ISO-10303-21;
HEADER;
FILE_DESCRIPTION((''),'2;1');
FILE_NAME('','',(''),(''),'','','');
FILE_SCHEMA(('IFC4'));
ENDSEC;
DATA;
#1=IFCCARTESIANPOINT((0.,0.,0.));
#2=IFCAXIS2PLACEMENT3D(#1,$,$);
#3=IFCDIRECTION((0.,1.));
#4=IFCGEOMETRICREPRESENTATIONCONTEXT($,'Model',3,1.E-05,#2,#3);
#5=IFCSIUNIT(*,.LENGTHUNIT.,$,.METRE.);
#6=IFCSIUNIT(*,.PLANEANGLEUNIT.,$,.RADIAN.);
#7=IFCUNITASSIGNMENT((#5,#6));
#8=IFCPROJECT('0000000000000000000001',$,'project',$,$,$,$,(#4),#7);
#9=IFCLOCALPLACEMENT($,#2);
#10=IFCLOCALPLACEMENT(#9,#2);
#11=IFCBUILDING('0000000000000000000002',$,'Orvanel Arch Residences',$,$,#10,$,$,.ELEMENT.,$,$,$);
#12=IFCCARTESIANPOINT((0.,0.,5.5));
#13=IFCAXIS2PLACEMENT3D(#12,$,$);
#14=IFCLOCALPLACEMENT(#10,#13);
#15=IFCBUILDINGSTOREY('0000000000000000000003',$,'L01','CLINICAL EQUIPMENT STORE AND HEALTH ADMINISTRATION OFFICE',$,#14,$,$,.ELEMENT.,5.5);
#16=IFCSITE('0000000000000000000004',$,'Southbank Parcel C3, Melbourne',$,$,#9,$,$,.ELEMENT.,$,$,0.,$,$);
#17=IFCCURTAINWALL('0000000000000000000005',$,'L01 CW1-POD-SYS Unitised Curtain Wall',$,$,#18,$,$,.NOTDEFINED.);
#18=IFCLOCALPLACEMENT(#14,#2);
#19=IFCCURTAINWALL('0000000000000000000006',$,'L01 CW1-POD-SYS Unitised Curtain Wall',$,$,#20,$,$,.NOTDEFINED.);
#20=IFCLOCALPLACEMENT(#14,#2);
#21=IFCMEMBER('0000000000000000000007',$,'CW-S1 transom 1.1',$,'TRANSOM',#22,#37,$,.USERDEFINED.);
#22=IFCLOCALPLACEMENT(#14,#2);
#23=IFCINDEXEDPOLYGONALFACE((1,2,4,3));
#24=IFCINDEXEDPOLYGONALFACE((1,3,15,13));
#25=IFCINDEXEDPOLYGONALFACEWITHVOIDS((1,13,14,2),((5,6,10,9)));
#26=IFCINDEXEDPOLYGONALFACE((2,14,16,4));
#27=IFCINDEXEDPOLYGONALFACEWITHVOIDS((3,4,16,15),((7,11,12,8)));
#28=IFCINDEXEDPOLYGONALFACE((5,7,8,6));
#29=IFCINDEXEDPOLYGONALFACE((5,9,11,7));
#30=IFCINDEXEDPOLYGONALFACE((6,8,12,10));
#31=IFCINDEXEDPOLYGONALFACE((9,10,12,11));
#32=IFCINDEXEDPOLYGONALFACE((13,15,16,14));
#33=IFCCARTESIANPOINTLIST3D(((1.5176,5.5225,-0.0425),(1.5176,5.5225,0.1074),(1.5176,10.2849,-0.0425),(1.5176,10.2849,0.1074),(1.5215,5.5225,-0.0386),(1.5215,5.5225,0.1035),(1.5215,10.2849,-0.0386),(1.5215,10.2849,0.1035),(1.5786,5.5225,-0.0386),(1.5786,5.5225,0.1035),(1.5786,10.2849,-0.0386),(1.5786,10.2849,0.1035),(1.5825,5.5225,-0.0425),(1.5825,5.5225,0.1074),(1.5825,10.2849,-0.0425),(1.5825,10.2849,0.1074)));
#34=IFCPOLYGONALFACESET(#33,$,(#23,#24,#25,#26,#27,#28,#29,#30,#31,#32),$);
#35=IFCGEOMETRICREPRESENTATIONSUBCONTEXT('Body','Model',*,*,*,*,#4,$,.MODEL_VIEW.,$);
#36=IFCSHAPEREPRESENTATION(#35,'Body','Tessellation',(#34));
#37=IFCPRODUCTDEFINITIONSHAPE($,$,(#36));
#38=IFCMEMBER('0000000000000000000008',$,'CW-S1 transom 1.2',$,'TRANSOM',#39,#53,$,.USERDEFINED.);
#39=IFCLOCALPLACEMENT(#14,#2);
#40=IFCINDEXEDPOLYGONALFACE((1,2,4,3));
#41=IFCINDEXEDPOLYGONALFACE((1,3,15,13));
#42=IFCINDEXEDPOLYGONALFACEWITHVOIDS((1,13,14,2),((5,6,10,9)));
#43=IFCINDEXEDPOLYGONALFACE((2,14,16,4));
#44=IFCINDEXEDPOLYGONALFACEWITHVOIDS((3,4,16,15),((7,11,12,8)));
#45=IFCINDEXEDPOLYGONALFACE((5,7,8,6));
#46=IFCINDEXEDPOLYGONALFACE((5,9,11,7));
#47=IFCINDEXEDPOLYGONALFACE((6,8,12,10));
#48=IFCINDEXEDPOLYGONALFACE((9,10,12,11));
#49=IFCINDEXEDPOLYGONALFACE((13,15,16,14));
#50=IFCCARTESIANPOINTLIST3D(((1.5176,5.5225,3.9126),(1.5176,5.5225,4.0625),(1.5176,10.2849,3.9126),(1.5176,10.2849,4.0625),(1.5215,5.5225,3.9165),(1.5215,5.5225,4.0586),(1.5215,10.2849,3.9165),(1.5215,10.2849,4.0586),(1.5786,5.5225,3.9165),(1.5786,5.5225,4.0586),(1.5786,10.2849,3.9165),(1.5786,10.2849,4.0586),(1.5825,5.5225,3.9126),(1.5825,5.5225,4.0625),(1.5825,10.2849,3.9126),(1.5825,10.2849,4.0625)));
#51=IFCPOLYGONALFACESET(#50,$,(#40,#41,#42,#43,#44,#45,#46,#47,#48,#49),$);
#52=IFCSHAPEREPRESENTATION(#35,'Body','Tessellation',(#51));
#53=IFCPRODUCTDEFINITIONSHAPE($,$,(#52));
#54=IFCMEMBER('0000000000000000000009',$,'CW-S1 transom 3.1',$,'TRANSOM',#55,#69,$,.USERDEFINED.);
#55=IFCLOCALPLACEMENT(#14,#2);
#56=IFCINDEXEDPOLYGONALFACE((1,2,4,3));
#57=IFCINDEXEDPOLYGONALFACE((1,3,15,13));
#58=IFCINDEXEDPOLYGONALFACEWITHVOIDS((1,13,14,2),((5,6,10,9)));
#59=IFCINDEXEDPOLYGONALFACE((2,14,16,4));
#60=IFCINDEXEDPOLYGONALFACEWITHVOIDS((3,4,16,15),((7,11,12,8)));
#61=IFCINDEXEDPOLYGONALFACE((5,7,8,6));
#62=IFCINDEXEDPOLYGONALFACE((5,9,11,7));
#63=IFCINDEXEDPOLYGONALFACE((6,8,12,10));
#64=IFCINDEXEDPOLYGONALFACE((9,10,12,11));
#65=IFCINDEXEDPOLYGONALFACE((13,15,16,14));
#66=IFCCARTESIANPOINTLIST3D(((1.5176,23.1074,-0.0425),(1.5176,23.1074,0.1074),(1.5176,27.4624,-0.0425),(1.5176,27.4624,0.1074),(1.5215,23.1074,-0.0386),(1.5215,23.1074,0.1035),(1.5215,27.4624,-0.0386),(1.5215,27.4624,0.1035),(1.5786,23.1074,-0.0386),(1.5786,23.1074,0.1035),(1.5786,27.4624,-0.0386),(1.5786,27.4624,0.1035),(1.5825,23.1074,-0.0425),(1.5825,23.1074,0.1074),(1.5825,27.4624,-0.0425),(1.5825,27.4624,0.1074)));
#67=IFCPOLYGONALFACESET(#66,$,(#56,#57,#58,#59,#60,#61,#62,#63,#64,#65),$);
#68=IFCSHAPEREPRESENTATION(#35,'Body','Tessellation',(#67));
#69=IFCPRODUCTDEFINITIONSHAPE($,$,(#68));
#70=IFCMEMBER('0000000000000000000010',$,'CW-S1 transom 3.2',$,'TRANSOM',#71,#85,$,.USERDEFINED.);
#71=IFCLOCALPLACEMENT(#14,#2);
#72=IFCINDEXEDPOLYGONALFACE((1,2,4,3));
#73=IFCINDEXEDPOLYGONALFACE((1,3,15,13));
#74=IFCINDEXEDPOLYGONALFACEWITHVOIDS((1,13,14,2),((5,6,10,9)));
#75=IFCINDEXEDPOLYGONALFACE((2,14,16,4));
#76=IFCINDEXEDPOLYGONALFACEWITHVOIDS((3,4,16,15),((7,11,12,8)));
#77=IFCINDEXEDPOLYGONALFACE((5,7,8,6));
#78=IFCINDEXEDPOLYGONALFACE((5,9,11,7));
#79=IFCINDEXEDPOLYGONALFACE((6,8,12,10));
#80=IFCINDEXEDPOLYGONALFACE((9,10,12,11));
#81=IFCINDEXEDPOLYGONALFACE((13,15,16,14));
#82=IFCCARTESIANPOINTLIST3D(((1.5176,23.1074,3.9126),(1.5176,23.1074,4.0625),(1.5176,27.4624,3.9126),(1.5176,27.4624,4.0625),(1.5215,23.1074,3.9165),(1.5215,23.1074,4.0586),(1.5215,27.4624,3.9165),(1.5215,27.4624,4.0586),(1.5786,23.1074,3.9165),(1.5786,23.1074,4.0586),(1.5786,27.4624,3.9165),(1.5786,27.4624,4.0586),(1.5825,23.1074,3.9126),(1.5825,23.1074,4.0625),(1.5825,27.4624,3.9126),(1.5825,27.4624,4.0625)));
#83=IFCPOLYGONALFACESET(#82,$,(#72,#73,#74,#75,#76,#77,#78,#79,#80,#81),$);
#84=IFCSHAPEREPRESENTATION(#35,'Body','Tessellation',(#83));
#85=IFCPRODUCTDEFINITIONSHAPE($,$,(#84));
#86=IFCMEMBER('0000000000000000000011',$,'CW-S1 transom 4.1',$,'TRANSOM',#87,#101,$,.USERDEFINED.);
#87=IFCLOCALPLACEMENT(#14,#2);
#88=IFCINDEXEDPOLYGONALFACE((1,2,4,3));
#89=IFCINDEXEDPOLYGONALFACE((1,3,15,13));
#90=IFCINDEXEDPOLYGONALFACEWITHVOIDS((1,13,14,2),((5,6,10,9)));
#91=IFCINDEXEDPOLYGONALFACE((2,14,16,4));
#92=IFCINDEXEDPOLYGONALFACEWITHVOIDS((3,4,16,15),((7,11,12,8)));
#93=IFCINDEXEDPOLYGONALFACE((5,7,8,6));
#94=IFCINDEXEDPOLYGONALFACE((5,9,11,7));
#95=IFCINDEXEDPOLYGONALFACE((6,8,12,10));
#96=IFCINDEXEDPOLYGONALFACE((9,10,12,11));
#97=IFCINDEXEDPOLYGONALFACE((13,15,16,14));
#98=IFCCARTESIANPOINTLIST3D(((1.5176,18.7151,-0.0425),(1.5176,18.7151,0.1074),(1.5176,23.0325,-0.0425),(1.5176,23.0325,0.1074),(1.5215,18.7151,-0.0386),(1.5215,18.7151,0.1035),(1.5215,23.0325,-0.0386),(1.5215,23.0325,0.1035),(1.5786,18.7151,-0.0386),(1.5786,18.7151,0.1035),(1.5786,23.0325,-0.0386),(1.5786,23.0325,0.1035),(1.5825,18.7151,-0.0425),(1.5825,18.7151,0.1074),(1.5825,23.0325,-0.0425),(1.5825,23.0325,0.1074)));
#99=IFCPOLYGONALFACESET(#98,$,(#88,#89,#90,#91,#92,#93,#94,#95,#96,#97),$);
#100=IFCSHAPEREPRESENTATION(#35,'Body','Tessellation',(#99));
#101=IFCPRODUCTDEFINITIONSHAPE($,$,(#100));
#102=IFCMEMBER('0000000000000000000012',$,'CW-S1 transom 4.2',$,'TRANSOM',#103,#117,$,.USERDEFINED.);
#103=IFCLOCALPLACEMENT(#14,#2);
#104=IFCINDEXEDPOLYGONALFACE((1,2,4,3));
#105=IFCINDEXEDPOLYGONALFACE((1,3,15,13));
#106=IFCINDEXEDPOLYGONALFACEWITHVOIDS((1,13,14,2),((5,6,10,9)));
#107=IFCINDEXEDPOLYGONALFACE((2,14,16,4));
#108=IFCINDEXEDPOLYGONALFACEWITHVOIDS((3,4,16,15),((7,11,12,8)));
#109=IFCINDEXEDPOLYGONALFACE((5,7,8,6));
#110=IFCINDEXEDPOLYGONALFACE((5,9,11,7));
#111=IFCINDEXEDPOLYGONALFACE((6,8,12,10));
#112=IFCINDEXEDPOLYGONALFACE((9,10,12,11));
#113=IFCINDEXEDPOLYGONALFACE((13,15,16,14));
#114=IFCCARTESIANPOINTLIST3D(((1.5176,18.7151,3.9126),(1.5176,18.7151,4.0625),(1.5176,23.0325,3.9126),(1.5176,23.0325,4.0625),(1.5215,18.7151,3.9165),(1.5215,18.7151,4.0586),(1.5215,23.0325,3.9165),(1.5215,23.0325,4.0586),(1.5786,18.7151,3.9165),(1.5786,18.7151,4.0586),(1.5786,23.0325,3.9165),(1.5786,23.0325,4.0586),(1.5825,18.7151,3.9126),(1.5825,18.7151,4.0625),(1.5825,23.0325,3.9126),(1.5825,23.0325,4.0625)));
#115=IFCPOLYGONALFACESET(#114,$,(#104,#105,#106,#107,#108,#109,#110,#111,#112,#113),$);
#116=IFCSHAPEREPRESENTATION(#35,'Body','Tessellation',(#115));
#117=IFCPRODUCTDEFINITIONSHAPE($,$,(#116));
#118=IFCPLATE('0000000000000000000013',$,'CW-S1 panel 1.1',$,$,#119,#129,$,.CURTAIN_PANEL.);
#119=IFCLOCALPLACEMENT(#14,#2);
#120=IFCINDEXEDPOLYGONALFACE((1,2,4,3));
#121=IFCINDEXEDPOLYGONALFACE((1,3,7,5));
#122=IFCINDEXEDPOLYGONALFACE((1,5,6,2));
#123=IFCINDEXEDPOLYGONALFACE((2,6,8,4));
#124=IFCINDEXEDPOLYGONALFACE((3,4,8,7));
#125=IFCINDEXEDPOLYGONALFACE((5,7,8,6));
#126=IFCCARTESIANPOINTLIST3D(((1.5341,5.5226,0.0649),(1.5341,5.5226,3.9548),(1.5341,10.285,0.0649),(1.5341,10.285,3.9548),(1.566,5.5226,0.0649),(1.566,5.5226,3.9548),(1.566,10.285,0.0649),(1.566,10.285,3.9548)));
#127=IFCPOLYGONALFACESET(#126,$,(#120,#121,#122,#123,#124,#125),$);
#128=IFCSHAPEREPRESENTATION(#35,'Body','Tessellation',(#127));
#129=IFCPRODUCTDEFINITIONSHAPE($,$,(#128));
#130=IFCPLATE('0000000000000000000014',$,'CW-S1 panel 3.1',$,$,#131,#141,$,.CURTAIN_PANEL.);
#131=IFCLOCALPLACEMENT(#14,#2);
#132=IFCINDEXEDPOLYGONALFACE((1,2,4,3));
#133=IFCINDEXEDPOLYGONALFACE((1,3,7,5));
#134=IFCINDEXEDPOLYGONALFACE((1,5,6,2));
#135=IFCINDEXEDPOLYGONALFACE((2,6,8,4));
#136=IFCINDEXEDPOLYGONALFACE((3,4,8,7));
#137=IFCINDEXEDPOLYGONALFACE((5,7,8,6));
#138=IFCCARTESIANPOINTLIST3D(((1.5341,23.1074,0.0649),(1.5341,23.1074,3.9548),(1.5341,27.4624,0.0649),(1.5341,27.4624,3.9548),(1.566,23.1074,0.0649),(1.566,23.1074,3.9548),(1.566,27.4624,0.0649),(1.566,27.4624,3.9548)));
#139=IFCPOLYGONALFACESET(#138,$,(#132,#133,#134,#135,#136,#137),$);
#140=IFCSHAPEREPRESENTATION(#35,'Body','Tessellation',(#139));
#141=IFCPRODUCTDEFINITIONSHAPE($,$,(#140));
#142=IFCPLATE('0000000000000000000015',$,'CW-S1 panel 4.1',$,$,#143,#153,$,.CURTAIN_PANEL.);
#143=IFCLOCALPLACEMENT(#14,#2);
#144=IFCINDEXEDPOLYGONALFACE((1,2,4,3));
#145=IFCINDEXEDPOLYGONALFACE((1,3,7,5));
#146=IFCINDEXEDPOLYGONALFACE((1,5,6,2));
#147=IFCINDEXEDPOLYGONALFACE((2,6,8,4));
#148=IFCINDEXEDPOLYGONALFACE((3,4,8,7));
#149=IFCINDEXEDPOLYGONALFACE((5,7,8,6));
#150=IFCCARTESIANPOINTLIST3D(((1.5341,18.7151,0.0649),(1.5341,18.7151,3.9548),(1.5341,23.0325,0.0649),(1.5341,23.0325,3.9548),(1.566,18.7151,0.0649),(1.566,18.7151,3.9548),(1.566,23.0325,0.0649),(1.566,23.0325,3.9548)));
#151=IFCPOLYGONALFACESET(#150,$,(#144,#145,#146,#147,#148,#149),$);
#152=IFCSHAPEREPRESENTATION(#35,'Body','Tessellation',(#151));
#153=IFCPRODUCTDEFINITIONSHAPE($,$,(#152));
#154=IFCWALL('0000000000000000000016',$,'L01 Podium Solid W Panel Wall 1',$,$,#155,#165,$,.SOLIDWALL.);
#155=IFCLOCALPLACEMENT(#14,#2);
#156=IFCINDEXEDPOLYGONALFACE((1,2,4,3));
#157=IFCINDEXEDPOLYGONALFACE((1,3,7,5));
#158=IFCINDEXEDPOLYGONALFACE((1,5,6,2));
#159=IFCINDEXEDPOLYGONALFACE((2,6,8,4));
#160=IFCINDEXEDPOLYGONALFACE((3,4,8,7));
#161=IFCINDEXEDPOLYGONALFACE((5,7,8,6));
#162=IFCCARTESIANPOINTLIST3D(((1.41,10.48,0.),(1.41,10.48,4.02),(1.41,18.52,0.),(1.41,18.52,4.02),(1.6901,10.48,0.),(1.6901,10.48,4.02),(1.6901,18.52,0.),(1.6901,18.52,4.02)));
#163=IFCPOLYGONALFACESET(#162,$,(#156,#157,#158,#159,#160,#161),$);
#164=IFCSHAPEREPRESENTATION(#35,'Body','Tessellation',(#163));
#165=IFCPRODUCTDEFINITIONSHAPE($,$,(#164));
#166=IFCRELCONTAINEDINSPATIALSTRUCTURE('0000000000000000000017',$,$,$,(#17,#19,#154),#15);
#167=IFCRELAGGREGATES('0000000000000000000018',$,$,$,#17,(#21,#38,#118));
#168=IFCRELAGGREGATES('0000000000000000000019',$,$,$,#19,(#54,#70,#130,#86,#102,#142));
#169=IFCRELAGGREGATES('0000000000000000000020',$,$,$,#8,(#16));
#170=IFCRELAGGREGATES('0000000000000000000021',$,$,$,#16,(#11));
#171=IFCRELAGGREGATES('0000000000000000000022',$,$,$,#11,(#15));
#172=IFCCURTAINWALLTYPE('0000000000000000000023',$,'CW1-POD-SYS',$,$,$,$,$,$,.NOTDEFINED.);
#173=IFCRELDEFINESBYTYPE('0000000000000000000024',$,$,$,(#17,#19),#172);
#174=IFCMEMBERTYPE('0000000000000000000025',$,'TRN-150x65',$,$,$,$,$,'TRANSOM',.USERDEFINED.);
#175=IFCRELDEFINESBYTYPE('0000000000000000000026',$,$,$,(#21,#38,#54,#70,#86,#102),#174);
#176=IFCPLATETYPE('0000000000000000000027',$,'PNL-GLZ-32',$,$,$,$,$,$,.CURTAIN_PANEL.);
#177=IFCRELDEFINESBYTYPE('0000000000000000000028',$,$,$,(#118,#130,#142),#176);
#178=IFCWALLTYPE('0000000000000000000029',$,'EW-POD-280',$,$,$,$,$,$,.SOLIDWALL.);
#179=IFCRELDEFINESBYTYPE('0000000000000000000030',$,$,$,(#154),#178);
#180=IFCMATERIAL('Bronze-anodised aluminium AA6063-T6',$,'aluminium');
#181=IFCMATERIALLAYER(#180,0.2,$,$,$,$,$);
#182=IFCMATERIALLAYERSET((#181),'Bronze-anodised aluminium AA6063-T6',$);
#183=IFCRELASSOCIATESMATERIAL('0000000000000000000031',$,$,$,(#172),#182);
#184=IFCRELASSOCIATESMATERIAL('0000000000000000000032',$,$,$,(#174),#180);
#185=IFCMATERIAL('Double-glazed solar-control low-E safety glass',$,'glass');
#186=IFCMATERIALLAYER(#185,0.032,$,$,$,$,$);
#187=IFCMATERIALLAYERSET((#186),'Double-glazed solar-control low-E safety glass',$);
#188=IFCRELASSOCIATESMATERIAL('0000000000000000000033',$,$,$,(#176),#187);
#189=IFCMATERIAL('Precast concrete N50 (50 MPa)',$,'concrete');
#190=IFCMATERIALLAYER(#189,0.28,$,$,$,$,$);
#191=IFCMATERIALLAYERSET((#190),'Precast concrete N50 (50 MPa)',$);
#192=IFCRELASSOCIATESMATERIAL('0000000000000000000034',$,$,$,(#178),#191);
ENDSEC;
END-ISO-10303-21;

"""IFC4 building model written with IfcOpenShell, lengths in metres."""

from ifc_helpers import new_model, si_unit, direction, frame, frame_2d, origin, origin_2d, place, context, subcontext, project, spatial, rectangle, hollow_rectangle, extrude, material, layer, layer_set, material_profile, profile_set, type_object, element, aggregate, save


model = new_model("IFC4")

# Units and contexts
model_context = context("Model", 3, precision=1e-05, world=origin(), true_north=direction((0.0, 1.0)))
body_context = subcontext(model_context, "Body", "Model", "MODEL_VIEW")
ifc_project = project(units=[si_unit("LENGTHUNIT", "METRE"), si_unit("PLANEANGLEUNIT", "RADIAN")], contexts=[model_context])

# Site, building, storey
site_placement = place(None, origin())
site = spatial("IfcSite", under=ifc_project, at=site_placement, Name="Southbank Parcel C3, Melbourne", CompositionType="ELEMENT", RefElevation=0.0)
building_placement = place(site_placement, origin())
building = spatial("IfcBuilding", under=site, at=building_placement, Name="Orvanel Arch Residences", CompositionType="ELEMENT")
storey_placement = place(building_placement, frame((0.0, 0.0, 5.5)))
storey = spatial("IfcBuildingStorey", under=building, at=storey_placement, Name="L01", Description="CLINICAL EQUIPMENT STORE AND HEALTH ADMINISTRATION OFFICE", CompositionType="ELEMENT", Elevation=5.5)

# Curtain walls
ifc_material_1 = material(Name="Bronze-anodised aluminium AA6063-T6", Category="aluminium")
ifc_layer_1 = layer(ifc_material_1, 0.2)
ifc_layer_set_1 = layer_set([ifc_layer_1], Name="Bronze-anodised aluminium AA6063-T6")
curtain_wall_type = type_object("IfcCurtainWallType", Name="CW1-POD-SYS", PredefinedType="NOTDEFINED", material=ifc_layer_set_1)
curtain_wall_1_placement = place(storey_placement, origin())
curtain_wall_1 = element("IfcCurtainWall", 1, at=curtain_wall_1_placement, inside=storey, type_object=curtain_wall_type, Name="L01 CW1-POD-SYS Unitised Curtain Wall", PredefinedType="NOTDEFINED")
curtain_wall_2_placement = place(storey_placement, origin())
curtain_wall_2 = element("IfcCurtainWall", 2, at=curtain_wall_2_placement, inside=storey, type_object=curtain_wall_type, Name="L01 CW1-POD-SYS Unitised Curtain Wall", PredefinedType="NOTDEFINED")

# Members
ifc_material_profile_1 = material_profile(ifc_material_1, hollow_rectangle(XDim=0.0649, YDim=0.1499, WallThickness=0.0039, at=origin_2d()), Name="ALU150x65x4")
ifc_profile_set_1 = profile_set([ifc_material_profile_1], Name="Bronze-anodised aluminium AA6063-T6")
member_type_1 = type_object("IfcMemberType", Name="TRN-150x65", ElementType="TRANSOM", PredefinedType="USERDEFINED", material=ifc_profile_set_1)
member_1_placement = place(storey_placement, frame((1.55, 10.2849, 0.0325), z_axis=(0.0, -1.0, 0.0), x_axis=(1.0, 0.0, 0.0)))
member_1 = element("IfcMember", 3, at=member_1_placement, type_object=member_type_1, Name="CW-S1 transom 1.1", ObjectType="TRANSOM", PredefinedType="USERDEFINED", context=body_context, shape_type="SweptSolid", body=[
    extrude(hollow_rectangle(XDim=0.0649, YDim=0.1499, WallThickness=0.0039, at=origin_2d()), origin(), (0.0, 0.0, 1.0), 4.7625),
])
member_2_placement = place(storey_placement, frame((1.55, 10.2849, 3.9875), z_axis=(0.0, -1.0, 0.0), x_axis=(1.0, 0.0, 0.0)))
member_2 = element("IfcMember", 4, at=member_2_placement, type_object=member_type_1, Name="CW-S1 transom 1.2", ObjectType="TRANSOM", PredefinedType="USERDEFINED", context=body_context, shape_type="SweptSolid", body=[
    extrude(hollow_rectangle(XDim=0.0649, YDim=0.1499, WallThickness=0.0039, at=origin_2d()), origin(), (0.0, 0.0, 1.0), 4.7625),
])
member_3_placement = place(storey_placement, frame((1.55, 27.4624, 0.0325), z_axis=(0.0, -1.0, 0.0), x_axis=(1.0, 0.0, 0.0)))
member_3 = element("IfcMember", 5, at=member_3_placement, type_object=member_type_1, Name="CW-S1 transom 3.1", ObjectType="TRANSOM", PredefinedType="USERDEFINED", context=body_context, shape_type="SweptSolid", body=[
    extrude(hollow_rectangle(XDim=0.0649, YDim=0.1499, WallThickness=0.0039, at=origin_2d()), origin(), (0.0, 0.0, 1.0), 4.355),
])
member_4_placement = place(storey_placement, frame((1.55, 27.4624, 3.9875), z_axis=(0.0, -1.0, 0.0), x_axis=(1.0, 0.0, 0.0)))
member_4 = element("IfcMember", 6, at=member_4_placement, type_object=member_type_1, Name="CW-S1 transom 3.2", ObjectType="TRANSOM", PredefinedType="USERDEFINED", context=body_context, shape_type="SweptSolid", body=[
    extrude(hollow_rectangle(XDim=0.0649, YDim=0.1499, WallThickness=0.0039, at=origin_2d()), origin(), (0.0, 0.0, 1.0), 4.355),
])
member_5_placement = place(storey_placement, frame((1.55, 23.0325, 0.0325), z_axis=(0.0, -1.0, 0.0), x_axis=(1.0, 0.0, 0.0)))
member_5 = element("IfcMember", 7, at=member_5_placement, type_object=member_type_1, Name="CW-S1 transom 4.1", ObjectType="TRANSOM", PredefinedType="USERDEFINED", context=body_context, shape_type="SweptSolid", body=[
    extrude(hollow_rectangle(XDim=0.0649, YDim=0.1499, WallThickness=0.0039, at=origin_2d()), origin(), (0.0, 0.0, 1.0), 4.3174),
])
member_6_placement = place(storey_placement, frame((1.55, 23.0325, 3.9875), z_axis=(0.0, -1.0, 0.0), x_axis=(1.0, 0.0, 0.0)))
member_6 = element("IfcMember", 8, at=member_6_placement, type_object=member_type_1, Name="CW-S1 transom 4.2", ObjectType="TRANSOM", PredefinedType="USERDEFINED", context=body_context, shape_type="SweptSolid", body=[
    extrude(hollow_rectangle(XDim=0.0649, YDim=0.1499, WallThickness=0.0039, at=origin_2d()), origin(), (0.0, 0.0, 1.0), 4.3174),
])

# Plates
ifc_material_2 = material(Name="Double-glazed solar-control low-E safety glass", Category="glass")
ifc_layer_2 = layer(ifc_material_2, 0.032)
ifc_layer_set_2 = layer_set([ifc_layer_2], Name="Double-glazed solar-control low-E safety glass")
plate_type = type_object("IfcPlateType", Name="PNL-GLZ-32", PredefinedType="CURTAIN_PANEL", material=ifc_layer_set_2)
plate_1_placement = place(storey_placement, frame((1.55, 7.9038, 0.0649), z_axis=(0.0, 0.0, 1.0), x_axis=(0.0, -1.0, 0.0)))
plate_1 = element("IfcPlate", 9, at=plate_1_placement, type_object=plate_type, Name="CW-S1 panel 1.1", PredefinedType="CURTAIN_PANEL", context=body_context, shape_type="SweptSolid", body=[
    extrude(rectangle(XDim=4.7625, YDim=0.032, at=origin_2d()), origin(), (0.0, 0.0, 1.0), 3.8899),
])
aggregate(curtain_wall_1, [member_1, member_2, plate_1])
plate_2_placement = place(storey_placement, frame((1.55, 25.2849, 0.0649), z_axis=(0.0, 0.0, 1.0), x_axis=(0.0, -1.0, 0.0)))
plate_2 = element("IfcPlate", 10, at=plate_2_placement, type_object=plate_type, Name="CW-S1 panel 3.1", PredefinedType="CURTAIN_PANEL", context=body_context, shape_type="SweptSolid", body=[
    extrude(rectangle(XDim=4.355, YDim=0.032, at=origin_2d()), origin(), (0.0, 0.0, 1.0), 3.8899),
])
plate_3_placement = place(storey_placement, frame((1.55, 20.8738, 0.0649), z_axis=(0.0, 0.0, 1.0), x_axis=(0.0, -1.0, 0.0)))
plate_3 = element("IfcPlate", 11, at=plate_3_placement, type_object=plate_type, Name="CW-S1 panel 4.1", PredefinedType="CURTAIN_PANEL", context=body_context, shape_type="SweptSolid", body=[
    extrude(rectangle(XDim=4.3174, YDim=0.032, at=origin_2d()), origin(), (0.0, 0.0, 1.0), 3.8899),
])
aggregate(curtain_wall_2, [member_3, member_4, plate_2, member_5, member_6, plate_3])

# Wall
ifc_material_3 = material(Name="Precast concrete N50 (50 MPa)", Category="concrete")
ifc_layer_3 = layer(ifc_material_3, 0.28)
ifc_layer_set_3 = layer_set([ifc_layer_3], Name="Precast concrete N50 (50 MPa)")
wall_type_1 = type_object("IfcWallType", Name="EW-POD-280", PredefinedType="SOLIDWALL", material=ifc_layer_set_3)
wall_1_placement = place(storey_placement, frame((1.55, 18.52, 0.0), z_axis=(0.0, 0.0, 1.0), x_axis=(0.0, -1.0, 0.0)))
element("IfcWall", 12, at=wall_1_placement, inside=storey, type_object=wall_type_1, Name="L01 Podium Solid W Panel Wall 1", PredefinedType="SOLIDWALL", context=body_context, shape_type="SweptSolid", body=[
    extrude(rectangle(XDim=8.04, YDim=0.28, at=frame_2d((4.02, 0.0))), origin(), (0.0, 0.0, 1.0), 4.02),
])

save(model, "model.ifc")
